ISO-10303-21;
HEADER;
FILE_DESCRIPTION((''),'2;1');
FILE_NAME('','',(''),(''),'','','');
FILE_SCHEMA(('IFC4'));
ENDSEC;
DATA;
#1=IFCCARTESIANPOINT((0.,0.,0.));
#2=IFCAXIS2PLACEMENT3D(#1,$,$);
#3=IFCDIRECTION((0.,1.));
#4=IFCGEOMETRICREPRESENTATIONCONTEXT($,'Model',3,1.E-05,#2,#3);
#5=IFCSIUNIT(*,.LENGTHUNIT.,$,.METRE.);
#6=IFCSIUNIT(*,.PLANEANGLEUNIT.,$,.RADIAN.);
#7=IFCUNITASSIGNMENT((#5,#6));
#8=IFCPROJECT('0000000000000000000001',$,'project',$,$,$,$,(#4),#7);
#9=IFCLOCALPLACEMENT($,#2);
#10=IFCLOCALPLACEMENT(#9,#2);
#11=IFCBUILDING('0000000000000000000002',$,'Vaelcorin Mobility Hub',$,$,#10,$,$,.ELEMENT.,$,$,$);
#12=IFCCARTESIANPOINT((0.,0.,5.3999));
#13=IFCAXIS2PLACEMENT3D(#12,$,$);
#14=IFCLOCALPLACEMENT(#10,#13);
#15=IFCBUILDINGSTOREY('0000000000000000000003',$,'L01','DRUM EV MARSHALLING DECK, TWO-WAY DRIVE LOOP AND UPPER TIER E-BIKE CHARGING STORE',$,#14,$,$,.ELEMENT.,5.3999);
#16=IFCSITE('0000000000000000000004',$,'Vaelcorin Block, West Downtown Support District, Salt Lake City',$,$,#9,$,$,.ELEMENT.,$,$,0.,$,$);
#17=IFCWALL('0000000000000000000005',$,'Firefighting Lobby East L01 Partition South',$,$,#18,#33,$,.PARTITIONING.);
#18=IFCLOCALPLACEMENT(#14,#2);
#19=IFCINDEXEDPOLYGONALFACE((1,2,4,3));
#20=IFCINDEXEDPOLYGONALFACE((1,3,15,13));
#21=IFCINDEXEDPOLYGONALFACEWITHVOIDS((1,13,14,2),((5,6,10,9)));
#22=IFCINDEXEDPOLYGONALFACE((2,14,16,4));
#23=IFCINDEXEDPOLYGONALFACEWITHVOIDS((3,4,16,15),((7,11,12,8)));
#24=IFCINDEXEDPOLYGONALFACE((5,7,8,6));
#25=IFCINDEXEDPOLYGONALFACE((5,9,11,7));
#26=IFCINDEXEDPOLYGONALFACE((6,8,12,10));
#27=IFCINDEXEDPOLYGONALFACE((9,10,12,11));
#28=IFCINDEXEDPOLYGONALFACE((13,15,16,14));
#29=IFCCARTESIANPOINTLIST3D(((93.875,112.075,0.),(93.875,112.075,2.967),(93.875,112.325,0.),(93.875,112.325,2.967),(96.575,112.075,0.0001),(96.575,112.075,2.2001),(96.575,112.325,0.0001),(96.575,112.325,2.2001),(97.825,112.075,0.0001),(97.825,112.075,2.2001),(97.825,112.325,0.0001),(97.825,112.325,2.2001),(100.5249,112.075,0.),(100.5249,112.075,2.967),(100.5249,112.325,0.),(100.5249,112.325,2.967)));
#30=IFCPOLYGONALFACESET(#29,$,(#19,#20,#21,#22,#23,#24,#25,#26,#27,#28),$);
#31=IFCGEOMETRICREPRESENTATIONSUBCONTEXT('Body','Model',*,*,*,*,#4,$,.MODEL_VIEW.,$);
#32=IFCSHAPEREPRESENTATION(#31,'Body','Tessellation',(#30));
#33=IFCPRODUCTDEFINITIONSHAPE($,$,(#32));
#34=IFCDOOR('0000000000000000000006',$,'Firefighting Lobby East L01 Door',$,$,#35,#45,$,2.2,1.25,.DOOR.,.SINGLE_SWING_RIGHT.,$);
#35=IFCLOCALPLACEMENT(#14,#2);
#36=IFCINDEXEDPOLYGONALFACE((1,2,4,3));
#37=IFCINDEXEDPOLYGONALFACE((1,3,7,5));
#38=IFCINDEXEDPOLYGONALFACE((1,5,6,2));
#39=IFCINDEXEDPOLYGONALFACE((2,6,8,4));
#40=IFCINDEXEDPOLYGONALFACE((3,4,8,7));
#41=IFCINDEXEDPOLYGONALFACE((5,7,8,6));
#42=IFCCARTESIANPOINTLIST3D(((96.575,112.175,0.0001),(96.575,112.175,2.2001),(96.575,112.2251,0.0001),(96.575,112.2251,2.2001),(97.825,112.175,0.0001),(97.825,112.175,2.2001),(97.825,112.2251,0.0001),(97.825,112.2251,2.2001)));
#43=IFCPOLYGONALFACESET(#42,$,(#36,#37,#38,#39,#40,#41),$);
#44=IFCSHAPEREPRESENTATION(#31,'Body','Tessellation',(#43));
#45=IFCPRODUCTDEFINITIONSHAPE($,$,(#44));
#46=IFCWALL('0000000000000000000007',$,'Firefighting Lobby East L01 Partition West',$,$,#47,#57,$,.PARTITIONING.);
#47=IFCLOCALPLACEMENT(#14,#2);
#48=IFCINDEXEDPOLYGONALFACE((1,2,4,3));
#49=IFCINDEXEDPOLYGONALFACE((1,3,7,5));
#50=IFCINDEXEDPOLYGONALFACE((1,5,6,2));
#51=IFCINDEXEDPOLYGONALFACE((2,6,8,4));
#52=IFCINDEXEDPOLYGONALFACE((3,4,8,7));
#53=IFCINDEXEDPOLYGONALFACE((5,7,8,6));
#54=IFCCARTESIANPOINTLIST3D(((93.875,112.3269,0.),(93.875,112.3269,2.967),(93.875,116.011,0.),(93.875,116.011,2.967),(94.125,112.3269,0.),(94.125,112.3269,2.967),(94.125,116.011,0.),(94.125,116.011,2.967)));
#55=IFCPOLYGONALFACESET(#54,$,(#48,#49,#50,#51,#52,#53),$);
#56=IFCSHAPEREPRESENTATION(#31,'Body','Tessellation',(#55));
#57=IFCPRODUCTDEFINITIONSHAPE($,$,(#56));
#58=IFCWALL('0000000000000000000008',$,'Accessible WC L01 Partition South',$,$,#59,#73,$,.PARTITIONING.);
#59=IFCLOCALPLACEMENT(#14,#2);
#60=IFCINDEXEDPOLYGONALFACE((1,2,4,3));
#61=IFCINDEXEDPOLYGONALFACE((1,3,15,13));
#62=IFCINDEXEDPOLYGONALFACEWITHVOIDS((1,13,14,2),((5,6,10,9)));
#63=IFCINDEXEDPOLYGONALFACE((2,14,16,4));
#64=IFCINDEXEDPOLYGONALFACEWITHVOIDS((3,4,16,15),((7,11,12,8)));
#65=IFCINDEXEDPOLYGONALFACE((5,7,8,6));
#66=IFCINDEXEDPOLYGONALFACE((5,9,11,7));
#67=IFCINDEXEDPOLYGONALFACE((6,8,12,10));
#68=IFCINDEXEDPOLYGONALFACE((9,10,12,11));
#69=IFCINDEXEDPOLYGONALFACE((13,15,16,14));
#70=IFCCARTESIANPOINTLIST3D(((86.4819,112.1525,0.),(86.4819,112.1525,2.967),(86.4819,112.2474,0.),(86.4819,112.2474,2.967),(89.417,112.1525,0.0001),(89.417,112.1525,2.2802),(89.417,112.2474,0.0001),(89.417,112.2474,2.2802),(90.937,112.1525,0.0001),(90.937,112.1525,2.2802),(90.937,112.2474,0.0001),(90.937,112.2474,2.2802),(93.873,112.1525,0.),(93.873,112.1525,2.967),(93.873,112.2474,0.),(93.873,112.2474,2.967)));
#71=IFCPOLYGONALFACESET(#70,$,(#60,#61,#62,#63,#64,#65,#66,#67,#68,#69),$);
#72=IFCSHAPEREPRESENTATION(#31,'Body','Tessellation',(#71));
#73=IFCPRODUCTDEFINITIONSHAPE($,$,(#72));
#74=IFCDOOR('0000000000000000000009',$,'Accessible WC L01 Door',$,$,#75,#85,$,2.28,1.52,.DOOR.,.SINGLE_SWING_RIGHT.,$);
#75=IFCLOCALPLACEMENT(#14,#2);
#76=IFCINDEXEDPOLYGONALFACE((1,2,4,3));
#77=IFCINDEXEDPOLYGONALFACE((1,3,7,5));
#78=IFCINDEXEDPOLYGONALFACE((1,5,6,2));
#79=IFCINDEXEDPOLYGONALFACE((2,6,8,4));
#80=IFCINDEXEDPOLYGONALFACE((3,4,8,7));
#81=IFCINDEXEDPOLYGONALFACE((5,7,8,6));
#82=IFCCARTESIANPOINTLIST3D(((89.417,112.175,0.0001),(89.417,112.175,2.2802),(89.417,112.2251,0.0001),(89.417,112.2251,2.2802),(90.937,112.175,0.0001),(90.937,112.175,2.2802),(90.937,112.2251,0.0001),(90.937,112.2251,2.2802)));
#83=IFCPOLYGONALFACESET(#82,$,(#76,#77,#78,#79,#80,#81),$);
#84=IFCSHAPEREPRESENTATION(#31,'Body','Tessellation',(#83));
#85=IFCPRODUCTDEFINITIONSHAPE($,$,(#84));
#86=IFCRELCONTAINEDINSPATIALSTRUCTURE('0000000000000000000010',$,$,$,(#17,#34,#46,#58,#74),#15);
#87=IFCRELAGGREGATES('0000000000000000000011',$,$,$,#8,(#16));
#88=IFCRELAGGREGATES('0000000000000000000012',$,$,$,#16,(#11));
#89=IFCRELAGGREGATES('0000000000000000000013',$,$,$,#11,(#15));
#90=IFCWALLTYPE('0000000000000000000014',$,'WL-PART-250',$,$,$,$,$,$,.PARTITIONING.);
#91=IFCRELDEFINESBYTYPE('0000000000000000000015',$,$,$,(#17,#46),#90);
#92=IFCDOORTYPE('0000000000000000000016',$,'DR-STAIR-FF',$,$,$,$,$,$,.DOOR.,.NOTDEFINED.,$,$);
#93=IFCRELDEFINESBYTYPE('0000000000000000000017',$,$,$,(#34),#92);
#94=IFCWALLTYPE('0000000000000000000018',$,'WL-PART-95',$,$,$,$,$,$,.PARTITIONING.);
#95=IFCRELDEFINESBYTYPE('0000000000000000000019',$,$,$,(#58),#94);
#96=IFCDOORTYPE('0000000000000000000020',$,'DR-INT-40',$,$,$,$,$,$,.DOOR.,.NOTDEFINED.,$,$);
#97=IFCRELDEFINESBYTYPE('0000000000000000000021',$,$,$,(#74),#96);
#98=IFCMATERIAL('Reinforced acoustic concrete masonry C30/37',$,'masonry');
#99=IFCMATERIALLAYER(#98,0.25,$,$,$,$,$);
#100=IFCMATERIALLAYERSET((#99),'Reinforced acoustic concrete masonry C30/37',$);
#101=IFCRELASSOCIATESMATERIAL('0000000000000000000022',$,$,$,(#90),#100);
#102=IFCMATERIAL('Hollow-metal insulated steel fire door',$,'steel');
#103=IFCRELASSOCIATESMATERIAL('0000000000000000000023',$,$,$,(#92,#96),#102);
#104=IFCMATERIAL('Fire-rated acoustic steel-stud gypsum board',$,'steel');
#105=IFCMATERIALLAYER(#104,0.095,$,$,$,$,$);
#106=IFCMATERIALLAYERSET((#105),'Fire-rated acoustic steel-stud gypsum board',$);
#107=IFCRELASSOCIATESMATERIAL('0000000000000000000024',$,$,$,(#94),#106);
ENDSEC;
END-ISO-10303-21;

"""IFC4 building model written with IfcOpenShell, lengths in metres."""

from ifc_helpers import new_model, si_unit, direction, frame, frame_2d, origin, place, context, subcontext, project, spatial, rectangle, extrude, material, layer, layer_set, type_object, element, fill, save


model = new_model("IFC4")

# Units and contexts
model_context = context("Model", 3, precision=1e-05, world=origin(), true_north=direction((0.0, 1.0)))
body_context = subcontext(model_context, "Body", "Model", "MODEL_VIEW")
ifc_project = project(units=[si_unit("LENGTHUNIT", "METRE"), si_unit("PLANEANGLEUNIT", "RADIAN")], contexts=[model_context])

# Site, building, storey
site_placement = place(None, origin())
site = spatial("IfcSite", under=ifc_project, at=site_placement, Name="Vaelcorin Block, West Downtown Support District, Salt Lake City", CompositionType="ELEMENT", RefElevation=0.0)
building_placement = place(site_placement, origin())
building = spatial("IfcBuilding", under=site, at=building_placement, Name="Vaelcorin Mobility Hub", CompositionType="ELEMENT")
storey_placement = place(building_placement, frame((0.0, 0.0, 5.3999)))
storey = spatial("IfcBuildingStorey", under=building, at=storey_placement, Name="L01", Description="DRUM EV MARSHALLING DECK, TWO-WAY DRIVE LOOP AND UPPER TIER E-BIKE CHARGING STORE", CompositionType="ELEMENT", Elevation=5.3999)

# Wall, opening, door
ifc_material_1 = material(Name="Reinforced acoustic concrete masonry C30/37", Category="masonry")
ifc_layer_1 = layer(ifc_material_1, 0.25)
ifc_layer_set_1 = layer_set([ifc_layer_1], Name="Reinforced acoustic concrete masonry C30/37")
wall_type_1 = type_object("IfcWallType", Name="WL-PART-250", PredefinedType="PARTITIONING", material=ifc_layer_set_1)
wall_1_placement = place(storey_placement, frame((100.5249, 112.2, 0.0), z_axis=(0.0, 0.0, 1.0), x_axis=(-1.0, 0.0, 0.0)))
wall_1 = element("IfcWall", 1, at=wall_1_placement, inside=storey, type_object=wall_type_1, Name="Firefighting Lobby East L01 Partition South", PredefinedType="PARTITIONING", context=body_context, shape_type="SweptSolid", body=[
    extrude(rectangle(XDim=6.6499, YDim=0.25, at=frame_2d((3.325, 0.0))), origin(), (0.0, 0.0, 1.0), 2.967),
])
opening_1_placement = place(wall_1_placement, frame((2.7, 0.0, 0.0)))
opening_1 = element("IfcOpeningElement", 2, at=opening_1_placement, cuts=wall_1, PredefinedType="OPENING", context=body_context, shape_type="SweptSolid", body=[
    extrude(rectangle(XDim=1.25, YDim=2.2, at=frame_2d((0.625, 1.1001))), frame((0.0, 0.135, 0.0), z_axis=(0.0, -1.0, 0.0), x_axis=(1.0, 0.0, 0.0)), (0.0, 0.0, 1.0), 0.27),
])
ifc_material_2 = material(Name="Hollow-metal insulated steel fire door", Category="steel")
door_type_1 = type_object("IfcDoorType", Name="DR-STAIR-FF", OperationType="NOTDEFINED", PredefinedType="DOOR", material=ifc_material_2)
door_1_placement = place(opening_1_placement, origin())
door_1 = element("IfcDoor", 3, at=door_1_placement, inside=storey, type_object=door_type_1, Name="Firefighting Lobby East L01 Door", OperationType="SINGLE_SWING_RIGHT", OverallHeight=2.2, OverallWidth=1.25, PredefinedType="DOOR", context=body_context, shape_type="SweptSolid", body=[
    extrude(rectangle(XDim=1.25, YDim=2.2, at=frame_2d((0.625, 1.1001))), frame((0.0, 0.0249, 0.0), z_axis=(0.0, -1.0, 0.0), x_axis=(1.0, 0.0, 0.0)), (0.0, 0.0, 1.0), 0.05),
])
fill(opening_1, door_1)

# Wall
wall_2_placement = place(storey_placement, frame((94.0, 112.3269, 0.0), z_axis=(0.0, 0.0, 1.0), x_axis=(0.0, 1.0, 0.0)))
element("IfcWall", 4, at=wall_2_placement, inside=storey, type_object=wall_type_1, Name="Firefighting Lobby East L01 Partition West", PredefinedType="PARTITIONING", context=body_context, shape_type="SweptSolid", body=[
    extrude(rectangle(XDim=3.6841, YDim=0.25, at=frame_2d((1.842, 0.0))), origin(), (0.0, 0.0, 1.0), 2.967),
])

# Wall, opening, door
ifc_material_3 = material(Name="Fire-rated acoustic steel-stud gypsum board", Category="steel")
ifc_layer_2 = layer(ifc_material_3, 0.095)
ifc_layer_set_2 = layer_set([ifc_layer_2], Name="Fire-rated acoustic steel-stud gypsum board")
wall_type_2 = type_object("IfcWallType", Name="WL-PART-95", PredefinedType="PARTITIONING", material=ifc_layer_set_2)
wall_3_placement = place(storey_placement, frame((93.873, 112.2, 0.0), z_axis=(0.0, 0.0, 1.0), x_axis=(-1.0, 0.0, 0.0)))
wall_3 = element("IfcWall", 5, at=wall_3_placement, inside=storey, type_object=wall_type_2, Name="Accessible WC L01 Partition South", PredefinedType="PARTITIONING", context=body_context, shape_type="SweptSolid", body=[
    extrude(rectangle(XDim=7.3911, YDim=0.095, at=frame_2d((3.6956, 0.0))), origin(), (0.0, 0.0, 1.0), 2.967),
])
opening_2_placement = place(wall_3_placement, frame((2.936, 0.0, 0.0)))
opening_2 = element("IfcOpeningElement", 6, at=opening_2_placement, cuts=wall_3, PredefinedType="OPENING", context=body_context, shape_type="SweptSolid", body=[
    extrude(rectangle(XDim=1.52, YDim=2.28, at=frame_2d((0.76, 1.1401))), frame((0.0, 0.0574, 0.0), z_axis=(0.0, -1.0, 0.0), x_axis=(1.0, 0.0, 0.0)), (0.0, 0.0, 1.0), 0.115),
])
door_type_2 = type_object("IfcDoorType", Name="DR-INT-40", OperationType="NOTDEFINED", PredefinedType="DOOR", material=ifc_material_2)
door_2_placement = place(opening_2_placement, origin())
door_2 = element("IfcDoor", 7, at=door_2_placement, inside=storey, type_object=door_type_2, Name="Accessible WC L01 Door", OperationType="SINGLE_SWING_RIGHT", OverallHeight=2.28, OverallWidth=1.52, PredefinedType="DOOR", context=body_context, shape_type="SweptSolid", body=[
    extrude(rectangle(XDim=1.52, YDim=2.28, at=frame_2d((0.76, 1.1401))), frame((0.0, 0.0249, 0.0), z_axis=(0.0, -1.0, 0.0), x_axis=(1.0, 0.0, 0.0)), (0.0, 0.0, 1.0), 0.05),
])
fill(opening_2, door_2)

save(model, "model.ifc")
